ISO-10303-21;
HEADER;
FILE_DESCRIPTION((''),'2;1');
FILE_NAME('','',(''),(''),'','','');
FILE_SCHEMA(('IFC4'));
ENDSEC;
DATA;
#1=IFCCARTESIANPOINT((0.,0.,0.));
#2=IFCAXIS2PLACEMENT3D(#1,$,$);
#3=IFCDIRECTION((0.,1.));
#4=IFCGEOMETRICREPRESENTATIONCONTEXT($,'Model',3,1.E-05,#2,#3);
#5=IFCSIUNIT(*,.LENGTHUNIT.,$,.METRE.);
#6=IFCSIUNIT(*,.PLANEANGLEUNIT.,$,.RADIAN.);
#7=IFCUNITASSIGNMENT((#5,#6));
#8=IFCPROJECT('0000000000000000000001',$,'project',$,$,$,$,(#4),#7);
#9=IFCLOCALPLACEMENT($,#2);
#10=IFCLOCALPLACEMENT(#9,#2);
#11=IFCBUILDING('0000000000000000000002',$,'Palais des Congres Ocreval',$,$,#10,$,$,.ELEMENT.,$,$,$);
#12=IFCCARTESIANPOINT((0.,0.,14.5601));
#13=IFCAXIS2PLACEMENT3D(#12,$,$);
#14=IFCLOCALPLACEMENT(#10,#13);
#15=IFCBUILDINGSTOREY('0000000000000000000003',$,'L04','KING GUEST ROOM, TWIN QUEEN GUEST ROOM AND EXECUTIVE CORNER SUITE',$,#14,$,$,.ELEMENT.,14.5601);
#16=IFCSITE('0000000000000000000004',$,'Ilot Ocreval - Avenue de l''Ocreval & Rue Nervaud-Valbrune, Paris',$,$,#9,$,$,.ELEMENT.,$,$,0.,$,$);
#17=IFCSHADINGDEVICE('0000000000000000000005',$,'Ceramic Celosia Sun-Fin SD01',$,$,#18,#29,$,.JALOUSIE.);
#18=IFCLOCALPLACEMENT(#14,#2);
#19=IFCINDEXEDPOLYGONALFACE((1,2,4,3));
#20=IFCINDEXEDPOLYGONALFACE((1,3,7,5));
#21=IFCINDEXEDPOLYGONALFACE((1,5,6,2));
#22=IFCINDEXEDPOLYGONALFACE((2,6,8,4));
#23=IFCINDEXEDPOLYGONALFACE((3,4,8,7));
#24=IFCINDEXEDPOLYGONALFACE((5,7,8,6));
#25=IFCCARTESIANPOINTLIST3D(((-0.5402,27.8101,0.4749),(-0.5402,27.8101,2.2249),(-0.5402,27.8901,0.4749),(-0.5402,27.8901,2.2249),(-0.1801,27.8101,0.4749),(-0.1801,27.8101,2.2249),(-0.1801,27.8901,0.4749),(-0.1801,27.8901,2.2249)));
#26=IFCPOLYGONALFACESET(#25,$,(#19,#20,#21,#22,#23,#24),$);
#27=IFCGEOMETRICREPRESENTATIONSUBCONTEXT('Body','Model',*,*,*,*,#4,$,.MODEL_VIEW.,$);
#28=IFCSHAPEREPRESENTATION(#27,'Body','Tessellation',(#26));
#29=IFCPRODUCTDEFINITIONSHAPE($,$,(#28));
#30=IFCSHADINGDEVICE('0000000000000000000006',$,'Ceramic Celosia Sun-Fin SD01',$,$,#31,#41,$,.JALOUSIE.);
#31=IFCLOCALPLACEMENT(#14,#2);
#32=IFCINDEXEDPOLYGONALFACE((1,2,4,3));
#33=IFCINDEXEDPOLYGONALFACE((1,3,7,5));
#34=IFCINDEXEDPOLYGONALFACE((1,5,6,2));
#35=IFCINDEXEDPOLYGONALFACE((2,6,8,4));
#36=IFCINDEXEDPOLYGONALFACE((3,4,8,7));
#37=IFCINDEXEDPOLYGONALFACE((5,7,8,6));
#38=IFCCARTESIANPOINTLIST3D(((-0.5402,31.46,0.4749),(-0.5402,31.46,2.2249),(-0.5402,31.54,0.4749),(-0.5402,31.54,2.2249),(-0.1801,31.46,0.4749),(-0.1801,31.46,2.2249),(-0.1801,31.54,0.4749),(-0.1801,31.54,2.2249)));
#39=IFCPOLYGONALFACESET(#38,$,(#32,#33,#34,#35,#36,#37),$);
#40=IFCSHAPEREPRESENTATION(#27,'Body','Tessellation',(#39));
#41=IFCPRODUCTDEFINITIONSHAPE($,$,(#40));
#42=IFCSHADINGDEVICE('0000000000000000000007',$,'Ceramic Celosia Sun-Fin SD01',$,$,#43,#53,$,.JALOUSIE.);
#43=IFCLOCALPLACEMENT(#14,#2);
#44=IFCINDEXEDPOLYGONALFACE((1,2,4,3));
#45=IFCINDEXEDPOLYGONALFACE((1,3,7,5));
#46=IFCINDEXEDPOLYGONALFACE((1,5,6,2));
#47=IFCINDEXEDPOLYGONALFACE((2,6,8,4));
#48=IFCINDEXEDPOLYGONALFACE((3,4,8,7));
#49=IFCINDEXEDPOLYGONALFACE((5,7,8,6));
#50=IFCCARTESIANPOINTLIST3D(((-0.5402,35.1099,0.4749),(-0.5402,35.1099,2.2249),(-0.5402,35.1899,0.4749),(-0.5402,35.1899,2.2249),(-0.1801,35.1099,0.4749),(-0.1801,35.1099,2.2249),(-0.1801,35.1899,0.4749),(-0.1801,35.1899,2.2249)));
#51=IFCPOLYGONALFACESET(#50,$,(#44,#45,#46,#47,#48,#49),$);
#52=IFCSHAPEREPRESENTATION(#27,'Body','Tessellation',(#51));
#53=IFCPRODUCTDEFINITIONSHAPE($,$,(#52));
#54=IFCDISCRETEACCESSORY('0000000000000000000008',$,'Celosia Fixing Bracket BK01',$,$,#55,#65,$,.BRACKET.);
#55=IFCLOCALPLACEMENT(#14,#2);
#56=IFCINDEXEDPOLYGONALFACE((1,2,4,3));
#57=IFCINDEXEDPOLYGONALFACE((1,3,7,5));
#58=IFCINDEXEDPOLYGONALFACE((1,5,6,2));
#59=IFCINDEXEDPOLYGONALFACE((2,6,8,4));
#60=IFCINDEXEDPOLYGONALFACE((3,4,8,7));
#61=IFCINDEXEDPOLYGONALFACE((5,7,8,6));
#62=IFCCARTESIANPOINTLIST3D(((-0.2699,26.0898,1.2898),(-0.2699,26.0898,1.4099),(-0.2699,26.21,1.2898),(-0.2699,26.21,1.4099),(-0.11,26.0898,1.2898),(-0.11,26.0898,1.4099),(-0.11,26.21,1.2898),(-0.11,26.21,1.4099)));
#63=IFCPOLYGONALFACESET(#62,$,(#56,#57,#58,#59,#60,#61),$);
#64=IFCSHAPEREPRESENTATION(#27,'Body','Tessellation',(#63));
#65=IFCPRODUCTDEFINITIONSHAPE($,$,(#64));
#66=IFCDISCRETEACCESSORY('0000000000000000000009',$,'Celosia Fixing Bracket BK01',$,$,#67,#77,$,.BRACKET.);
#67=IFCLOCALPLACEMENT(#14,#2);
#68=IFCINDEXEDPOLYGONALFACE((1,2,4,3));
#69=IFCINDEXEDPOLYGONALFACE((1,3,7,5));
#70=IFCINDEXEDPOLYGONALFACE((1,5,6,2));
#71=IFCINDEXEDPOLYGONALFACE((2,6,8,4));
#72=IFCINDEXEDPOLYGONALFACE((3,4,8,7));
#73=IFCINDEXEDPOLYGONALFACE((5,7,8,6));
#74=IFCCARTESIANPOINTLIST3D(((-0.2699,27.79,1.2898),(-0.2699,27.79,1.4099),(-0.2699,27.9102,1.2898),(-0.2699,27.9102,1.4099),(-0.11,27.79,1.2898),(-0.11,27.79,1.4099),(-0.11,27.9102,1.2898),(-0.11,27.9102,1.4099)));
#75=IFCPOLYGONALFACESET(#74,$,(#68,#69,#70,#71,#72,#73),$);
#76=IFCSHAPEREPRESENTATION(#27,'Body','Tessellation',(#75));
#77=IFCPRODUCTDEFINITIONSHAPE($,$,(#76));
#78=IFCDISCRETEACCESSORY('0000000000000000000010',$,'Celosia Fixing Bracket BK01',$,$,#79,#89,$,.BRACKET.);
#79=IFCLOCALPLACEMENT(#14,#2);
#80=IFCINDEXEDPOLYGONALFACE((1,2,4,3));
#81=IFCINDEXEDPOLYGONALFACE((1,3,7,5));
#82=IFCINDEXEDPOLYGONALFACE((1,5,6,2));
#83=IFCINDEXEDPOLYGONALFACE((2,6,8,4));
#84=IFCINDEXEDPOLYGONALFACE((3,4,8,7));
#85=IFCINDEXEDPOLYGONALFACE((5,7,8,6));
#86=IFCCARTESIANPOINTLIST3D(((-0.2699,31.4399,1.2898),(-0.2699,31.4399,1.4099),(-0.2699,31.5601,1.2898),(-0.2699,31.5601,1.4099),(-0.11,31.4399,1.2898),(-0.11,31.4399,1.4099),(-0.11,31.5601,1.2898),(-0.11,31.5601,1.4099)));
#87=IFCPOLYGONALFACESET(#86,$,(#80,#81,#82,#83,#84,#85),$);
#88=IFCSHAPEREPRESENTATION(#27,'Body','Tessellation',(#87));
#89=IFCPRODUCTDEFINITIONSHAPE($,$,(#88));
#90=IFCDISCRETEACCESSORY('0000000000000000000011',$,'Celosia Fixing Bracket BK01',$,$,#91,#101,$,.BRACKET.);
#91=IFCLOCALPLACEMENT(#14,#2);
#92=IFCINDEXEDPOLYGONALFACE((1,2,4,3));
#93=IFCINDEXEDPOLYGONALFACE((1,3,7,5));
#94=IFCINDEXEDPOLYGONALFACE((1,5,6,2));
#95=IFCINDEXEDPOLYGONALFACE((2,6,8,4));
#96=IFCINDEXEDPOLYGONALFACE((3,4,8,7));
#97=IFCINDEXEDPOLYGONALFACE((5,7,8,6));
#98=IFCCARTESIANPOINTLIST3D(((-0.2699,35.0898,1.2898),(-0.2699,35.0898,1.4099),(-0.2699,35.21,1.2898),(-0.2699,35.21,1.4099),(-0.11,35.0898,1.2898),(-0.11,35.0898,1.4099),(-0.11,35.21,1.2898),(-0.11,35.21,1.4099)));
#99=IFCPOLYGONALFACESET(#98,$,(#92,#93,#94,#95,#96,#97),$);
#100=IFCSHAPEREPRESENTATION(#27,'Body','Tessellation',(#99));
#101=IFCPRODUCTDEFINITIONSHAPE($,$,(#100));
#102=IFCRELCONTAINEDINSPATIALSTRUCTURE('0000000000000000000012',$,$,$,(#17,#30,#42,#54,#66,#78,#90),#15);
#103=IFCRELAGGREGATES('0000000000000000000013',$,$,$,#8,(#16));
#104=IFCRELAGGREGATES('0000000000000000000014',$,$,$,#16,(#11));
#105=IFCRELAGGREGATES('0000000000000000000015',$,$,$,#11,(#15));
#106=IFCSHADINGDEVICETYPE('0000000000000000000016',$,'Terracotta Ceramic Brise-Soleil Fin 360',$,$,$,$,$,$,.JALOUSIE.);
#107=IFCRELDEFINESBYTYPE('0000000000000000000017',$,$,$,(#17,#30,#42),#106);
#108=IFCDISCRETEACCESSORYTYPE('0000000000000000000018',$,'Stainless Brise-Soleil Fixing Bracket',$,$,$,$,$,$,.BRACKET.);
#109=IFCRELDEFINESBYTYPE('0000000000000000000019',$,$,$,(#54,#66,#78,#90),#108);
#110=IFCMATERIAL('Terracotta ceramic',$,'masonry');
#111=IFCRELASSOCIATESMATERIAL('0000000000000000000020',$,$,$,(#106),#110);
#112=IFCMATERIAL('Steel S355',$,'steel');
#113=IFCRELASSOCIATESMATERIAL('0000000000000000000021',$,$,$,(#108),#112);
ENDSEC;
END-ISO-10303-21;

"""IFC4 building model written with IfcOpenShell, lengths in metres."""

from ifc_helpers import new_model, si_unit, direction, frame, origin, origin_2d, place, context, subcontext, project, spatial, rectangle, extrude, material, type_object, element, save


model = new_model("IFC4")

# Units and contexts
model_context = context("Model", 3, precision=1e-05, world=origin(), true_north=direction((0.0, 1.0)))
body_context = subcontext(model_context, "Body", "Model", "MODEL_VIEW")
ifc_project = project(units=[si_unit("LENGTHUNIT", "METRE"), si_unit("PLANEANGLEUNIT", "RADIAN")], contexts=[model_context])

# Site, building, storey
site_placement = place(None, origin())
site = spatial("IfcSite", under=ifc_project, at=site_placement, Name="Ilot Ocreval - Avenue de l'Ocreval & Rue Nervaud-Valbrune, Paris", CompositionType="ELEMENT", RefElevation=0.0)
building_placement = place(site_placement, origin())
building = spatial("IfcBuilding", under=site, at=building_placement, Name="Palais des Congres Ocreval", CompositionType="ELEMENT")
storey_placement = place(building_placement, frame((0.0, 0.0, 14.5601)))
storey = spatial("IfcBuildingStorey", under=building, at=storey_placement, Name="L04", Description="KING GUEST ROOM, TWIN QUEEN GUEST ROOM AND EXECUTIVE CORNER SUITE", CompositionType="ELEMENT", Elevation=14.5601)

# Shared definitions
ifc_material_1 = material(Name="Steel S355", Category="steel")

# Shading devices
ifc_material_2 = material(Name="Terracotta ceramic", Category="masonry")
shading_device_type = type_object("IfcShadingDeviceType", Name="Terracotta Ceramic Brise-Soleil Fin 360", PredefinedType="JALOUSIE", material=ifc_material_2)
for number, where, z_axis, x_axis, name in (
    (1, (-0.3601, 27.8501, 0.4749), (0.0, 0.0, 1.0), (-1.0, 0.0, 0.0), "Ceramic Celosia Sun-Fin SD01"),
    (2, (-0.3601, 31.5, 0.4749), (0.0, 0.0, 1.0), (-1.0, 0.0, 0.0), "Ceramic Celosia Sun-Fin SD01"),
    (3, (-0.3601, 35.1499, 0.4749), (0.0, 0.0, 1.0), (-1.0, 0.0, 0.0), "Ceramic Celosia Sun-Fin SD01"),
):
    element("IfcShadingDevice", number, at=place(storey_placement, frame(where, z_axis=z_axis, x_axis=x_axis)), inside=storey, type_object=shading_device_type, Name=name, PredefinedType="JALOUSIE", context=body_context, shape_type="SweptSolid", body=[
        extrude(rectangle(XDim=0.3601, YDim=0.0801, at=origin_2d()), origin(), (0.0, 0.0, 1.0), 1.75),
    ])

# Discrete accessories
discrete_accessory_type = type_object("IfcDiscreteAccessoryType", Name="Stainless Brise-Soleil Fixing Bracket", PredefinedType="BRACKET", material=ifc_material_1)
for number, where, z_axis, x_axis, name in (
    (4, (-0.1899, 26.1499, 1.2898), (0.0, 0.0, 1.0), (-1.0, 0.0, 0.0), "Celosia Fixing Bracket BK01"),
    (5, (-0.1899, 27.8501, 1.2898), (0.0, 0.0, 1.0), (-1.0, 0.0, 0.0), "Celosia Fixing Bracket BK01"),
    (6, (-0.1899, 31.5, 1.2898), (0.0, 0.0, 1.0), (-1.0, 0.0, 0.0), "Celosia Fixing Bracket BK01"),
    (7, (-0.1899, 35.1499, 1.2898), (0.0, 0.0, 1.0), (-1.0, 0.0, 0.0), "Celosia Fixing Bracket BK01"),
):
    element("IfcDiscreteAccessory", number, at=place(storey_placement, frame(where, z_axis=z_axis, x_axis=x_axis)), inside=storey, type_object=discrete_accessory_type, Name=name, PredefinedType="BRACKET", context=body_context, shape_type="SweptSolid", body=[
        extrude(rectangle(XDim=0.1599, YDim=0.1201, at=origin_2d()), origin(), (0.0, 0.0, 1.0), 0.1201),
    ])

save(model, "model.ifc")
